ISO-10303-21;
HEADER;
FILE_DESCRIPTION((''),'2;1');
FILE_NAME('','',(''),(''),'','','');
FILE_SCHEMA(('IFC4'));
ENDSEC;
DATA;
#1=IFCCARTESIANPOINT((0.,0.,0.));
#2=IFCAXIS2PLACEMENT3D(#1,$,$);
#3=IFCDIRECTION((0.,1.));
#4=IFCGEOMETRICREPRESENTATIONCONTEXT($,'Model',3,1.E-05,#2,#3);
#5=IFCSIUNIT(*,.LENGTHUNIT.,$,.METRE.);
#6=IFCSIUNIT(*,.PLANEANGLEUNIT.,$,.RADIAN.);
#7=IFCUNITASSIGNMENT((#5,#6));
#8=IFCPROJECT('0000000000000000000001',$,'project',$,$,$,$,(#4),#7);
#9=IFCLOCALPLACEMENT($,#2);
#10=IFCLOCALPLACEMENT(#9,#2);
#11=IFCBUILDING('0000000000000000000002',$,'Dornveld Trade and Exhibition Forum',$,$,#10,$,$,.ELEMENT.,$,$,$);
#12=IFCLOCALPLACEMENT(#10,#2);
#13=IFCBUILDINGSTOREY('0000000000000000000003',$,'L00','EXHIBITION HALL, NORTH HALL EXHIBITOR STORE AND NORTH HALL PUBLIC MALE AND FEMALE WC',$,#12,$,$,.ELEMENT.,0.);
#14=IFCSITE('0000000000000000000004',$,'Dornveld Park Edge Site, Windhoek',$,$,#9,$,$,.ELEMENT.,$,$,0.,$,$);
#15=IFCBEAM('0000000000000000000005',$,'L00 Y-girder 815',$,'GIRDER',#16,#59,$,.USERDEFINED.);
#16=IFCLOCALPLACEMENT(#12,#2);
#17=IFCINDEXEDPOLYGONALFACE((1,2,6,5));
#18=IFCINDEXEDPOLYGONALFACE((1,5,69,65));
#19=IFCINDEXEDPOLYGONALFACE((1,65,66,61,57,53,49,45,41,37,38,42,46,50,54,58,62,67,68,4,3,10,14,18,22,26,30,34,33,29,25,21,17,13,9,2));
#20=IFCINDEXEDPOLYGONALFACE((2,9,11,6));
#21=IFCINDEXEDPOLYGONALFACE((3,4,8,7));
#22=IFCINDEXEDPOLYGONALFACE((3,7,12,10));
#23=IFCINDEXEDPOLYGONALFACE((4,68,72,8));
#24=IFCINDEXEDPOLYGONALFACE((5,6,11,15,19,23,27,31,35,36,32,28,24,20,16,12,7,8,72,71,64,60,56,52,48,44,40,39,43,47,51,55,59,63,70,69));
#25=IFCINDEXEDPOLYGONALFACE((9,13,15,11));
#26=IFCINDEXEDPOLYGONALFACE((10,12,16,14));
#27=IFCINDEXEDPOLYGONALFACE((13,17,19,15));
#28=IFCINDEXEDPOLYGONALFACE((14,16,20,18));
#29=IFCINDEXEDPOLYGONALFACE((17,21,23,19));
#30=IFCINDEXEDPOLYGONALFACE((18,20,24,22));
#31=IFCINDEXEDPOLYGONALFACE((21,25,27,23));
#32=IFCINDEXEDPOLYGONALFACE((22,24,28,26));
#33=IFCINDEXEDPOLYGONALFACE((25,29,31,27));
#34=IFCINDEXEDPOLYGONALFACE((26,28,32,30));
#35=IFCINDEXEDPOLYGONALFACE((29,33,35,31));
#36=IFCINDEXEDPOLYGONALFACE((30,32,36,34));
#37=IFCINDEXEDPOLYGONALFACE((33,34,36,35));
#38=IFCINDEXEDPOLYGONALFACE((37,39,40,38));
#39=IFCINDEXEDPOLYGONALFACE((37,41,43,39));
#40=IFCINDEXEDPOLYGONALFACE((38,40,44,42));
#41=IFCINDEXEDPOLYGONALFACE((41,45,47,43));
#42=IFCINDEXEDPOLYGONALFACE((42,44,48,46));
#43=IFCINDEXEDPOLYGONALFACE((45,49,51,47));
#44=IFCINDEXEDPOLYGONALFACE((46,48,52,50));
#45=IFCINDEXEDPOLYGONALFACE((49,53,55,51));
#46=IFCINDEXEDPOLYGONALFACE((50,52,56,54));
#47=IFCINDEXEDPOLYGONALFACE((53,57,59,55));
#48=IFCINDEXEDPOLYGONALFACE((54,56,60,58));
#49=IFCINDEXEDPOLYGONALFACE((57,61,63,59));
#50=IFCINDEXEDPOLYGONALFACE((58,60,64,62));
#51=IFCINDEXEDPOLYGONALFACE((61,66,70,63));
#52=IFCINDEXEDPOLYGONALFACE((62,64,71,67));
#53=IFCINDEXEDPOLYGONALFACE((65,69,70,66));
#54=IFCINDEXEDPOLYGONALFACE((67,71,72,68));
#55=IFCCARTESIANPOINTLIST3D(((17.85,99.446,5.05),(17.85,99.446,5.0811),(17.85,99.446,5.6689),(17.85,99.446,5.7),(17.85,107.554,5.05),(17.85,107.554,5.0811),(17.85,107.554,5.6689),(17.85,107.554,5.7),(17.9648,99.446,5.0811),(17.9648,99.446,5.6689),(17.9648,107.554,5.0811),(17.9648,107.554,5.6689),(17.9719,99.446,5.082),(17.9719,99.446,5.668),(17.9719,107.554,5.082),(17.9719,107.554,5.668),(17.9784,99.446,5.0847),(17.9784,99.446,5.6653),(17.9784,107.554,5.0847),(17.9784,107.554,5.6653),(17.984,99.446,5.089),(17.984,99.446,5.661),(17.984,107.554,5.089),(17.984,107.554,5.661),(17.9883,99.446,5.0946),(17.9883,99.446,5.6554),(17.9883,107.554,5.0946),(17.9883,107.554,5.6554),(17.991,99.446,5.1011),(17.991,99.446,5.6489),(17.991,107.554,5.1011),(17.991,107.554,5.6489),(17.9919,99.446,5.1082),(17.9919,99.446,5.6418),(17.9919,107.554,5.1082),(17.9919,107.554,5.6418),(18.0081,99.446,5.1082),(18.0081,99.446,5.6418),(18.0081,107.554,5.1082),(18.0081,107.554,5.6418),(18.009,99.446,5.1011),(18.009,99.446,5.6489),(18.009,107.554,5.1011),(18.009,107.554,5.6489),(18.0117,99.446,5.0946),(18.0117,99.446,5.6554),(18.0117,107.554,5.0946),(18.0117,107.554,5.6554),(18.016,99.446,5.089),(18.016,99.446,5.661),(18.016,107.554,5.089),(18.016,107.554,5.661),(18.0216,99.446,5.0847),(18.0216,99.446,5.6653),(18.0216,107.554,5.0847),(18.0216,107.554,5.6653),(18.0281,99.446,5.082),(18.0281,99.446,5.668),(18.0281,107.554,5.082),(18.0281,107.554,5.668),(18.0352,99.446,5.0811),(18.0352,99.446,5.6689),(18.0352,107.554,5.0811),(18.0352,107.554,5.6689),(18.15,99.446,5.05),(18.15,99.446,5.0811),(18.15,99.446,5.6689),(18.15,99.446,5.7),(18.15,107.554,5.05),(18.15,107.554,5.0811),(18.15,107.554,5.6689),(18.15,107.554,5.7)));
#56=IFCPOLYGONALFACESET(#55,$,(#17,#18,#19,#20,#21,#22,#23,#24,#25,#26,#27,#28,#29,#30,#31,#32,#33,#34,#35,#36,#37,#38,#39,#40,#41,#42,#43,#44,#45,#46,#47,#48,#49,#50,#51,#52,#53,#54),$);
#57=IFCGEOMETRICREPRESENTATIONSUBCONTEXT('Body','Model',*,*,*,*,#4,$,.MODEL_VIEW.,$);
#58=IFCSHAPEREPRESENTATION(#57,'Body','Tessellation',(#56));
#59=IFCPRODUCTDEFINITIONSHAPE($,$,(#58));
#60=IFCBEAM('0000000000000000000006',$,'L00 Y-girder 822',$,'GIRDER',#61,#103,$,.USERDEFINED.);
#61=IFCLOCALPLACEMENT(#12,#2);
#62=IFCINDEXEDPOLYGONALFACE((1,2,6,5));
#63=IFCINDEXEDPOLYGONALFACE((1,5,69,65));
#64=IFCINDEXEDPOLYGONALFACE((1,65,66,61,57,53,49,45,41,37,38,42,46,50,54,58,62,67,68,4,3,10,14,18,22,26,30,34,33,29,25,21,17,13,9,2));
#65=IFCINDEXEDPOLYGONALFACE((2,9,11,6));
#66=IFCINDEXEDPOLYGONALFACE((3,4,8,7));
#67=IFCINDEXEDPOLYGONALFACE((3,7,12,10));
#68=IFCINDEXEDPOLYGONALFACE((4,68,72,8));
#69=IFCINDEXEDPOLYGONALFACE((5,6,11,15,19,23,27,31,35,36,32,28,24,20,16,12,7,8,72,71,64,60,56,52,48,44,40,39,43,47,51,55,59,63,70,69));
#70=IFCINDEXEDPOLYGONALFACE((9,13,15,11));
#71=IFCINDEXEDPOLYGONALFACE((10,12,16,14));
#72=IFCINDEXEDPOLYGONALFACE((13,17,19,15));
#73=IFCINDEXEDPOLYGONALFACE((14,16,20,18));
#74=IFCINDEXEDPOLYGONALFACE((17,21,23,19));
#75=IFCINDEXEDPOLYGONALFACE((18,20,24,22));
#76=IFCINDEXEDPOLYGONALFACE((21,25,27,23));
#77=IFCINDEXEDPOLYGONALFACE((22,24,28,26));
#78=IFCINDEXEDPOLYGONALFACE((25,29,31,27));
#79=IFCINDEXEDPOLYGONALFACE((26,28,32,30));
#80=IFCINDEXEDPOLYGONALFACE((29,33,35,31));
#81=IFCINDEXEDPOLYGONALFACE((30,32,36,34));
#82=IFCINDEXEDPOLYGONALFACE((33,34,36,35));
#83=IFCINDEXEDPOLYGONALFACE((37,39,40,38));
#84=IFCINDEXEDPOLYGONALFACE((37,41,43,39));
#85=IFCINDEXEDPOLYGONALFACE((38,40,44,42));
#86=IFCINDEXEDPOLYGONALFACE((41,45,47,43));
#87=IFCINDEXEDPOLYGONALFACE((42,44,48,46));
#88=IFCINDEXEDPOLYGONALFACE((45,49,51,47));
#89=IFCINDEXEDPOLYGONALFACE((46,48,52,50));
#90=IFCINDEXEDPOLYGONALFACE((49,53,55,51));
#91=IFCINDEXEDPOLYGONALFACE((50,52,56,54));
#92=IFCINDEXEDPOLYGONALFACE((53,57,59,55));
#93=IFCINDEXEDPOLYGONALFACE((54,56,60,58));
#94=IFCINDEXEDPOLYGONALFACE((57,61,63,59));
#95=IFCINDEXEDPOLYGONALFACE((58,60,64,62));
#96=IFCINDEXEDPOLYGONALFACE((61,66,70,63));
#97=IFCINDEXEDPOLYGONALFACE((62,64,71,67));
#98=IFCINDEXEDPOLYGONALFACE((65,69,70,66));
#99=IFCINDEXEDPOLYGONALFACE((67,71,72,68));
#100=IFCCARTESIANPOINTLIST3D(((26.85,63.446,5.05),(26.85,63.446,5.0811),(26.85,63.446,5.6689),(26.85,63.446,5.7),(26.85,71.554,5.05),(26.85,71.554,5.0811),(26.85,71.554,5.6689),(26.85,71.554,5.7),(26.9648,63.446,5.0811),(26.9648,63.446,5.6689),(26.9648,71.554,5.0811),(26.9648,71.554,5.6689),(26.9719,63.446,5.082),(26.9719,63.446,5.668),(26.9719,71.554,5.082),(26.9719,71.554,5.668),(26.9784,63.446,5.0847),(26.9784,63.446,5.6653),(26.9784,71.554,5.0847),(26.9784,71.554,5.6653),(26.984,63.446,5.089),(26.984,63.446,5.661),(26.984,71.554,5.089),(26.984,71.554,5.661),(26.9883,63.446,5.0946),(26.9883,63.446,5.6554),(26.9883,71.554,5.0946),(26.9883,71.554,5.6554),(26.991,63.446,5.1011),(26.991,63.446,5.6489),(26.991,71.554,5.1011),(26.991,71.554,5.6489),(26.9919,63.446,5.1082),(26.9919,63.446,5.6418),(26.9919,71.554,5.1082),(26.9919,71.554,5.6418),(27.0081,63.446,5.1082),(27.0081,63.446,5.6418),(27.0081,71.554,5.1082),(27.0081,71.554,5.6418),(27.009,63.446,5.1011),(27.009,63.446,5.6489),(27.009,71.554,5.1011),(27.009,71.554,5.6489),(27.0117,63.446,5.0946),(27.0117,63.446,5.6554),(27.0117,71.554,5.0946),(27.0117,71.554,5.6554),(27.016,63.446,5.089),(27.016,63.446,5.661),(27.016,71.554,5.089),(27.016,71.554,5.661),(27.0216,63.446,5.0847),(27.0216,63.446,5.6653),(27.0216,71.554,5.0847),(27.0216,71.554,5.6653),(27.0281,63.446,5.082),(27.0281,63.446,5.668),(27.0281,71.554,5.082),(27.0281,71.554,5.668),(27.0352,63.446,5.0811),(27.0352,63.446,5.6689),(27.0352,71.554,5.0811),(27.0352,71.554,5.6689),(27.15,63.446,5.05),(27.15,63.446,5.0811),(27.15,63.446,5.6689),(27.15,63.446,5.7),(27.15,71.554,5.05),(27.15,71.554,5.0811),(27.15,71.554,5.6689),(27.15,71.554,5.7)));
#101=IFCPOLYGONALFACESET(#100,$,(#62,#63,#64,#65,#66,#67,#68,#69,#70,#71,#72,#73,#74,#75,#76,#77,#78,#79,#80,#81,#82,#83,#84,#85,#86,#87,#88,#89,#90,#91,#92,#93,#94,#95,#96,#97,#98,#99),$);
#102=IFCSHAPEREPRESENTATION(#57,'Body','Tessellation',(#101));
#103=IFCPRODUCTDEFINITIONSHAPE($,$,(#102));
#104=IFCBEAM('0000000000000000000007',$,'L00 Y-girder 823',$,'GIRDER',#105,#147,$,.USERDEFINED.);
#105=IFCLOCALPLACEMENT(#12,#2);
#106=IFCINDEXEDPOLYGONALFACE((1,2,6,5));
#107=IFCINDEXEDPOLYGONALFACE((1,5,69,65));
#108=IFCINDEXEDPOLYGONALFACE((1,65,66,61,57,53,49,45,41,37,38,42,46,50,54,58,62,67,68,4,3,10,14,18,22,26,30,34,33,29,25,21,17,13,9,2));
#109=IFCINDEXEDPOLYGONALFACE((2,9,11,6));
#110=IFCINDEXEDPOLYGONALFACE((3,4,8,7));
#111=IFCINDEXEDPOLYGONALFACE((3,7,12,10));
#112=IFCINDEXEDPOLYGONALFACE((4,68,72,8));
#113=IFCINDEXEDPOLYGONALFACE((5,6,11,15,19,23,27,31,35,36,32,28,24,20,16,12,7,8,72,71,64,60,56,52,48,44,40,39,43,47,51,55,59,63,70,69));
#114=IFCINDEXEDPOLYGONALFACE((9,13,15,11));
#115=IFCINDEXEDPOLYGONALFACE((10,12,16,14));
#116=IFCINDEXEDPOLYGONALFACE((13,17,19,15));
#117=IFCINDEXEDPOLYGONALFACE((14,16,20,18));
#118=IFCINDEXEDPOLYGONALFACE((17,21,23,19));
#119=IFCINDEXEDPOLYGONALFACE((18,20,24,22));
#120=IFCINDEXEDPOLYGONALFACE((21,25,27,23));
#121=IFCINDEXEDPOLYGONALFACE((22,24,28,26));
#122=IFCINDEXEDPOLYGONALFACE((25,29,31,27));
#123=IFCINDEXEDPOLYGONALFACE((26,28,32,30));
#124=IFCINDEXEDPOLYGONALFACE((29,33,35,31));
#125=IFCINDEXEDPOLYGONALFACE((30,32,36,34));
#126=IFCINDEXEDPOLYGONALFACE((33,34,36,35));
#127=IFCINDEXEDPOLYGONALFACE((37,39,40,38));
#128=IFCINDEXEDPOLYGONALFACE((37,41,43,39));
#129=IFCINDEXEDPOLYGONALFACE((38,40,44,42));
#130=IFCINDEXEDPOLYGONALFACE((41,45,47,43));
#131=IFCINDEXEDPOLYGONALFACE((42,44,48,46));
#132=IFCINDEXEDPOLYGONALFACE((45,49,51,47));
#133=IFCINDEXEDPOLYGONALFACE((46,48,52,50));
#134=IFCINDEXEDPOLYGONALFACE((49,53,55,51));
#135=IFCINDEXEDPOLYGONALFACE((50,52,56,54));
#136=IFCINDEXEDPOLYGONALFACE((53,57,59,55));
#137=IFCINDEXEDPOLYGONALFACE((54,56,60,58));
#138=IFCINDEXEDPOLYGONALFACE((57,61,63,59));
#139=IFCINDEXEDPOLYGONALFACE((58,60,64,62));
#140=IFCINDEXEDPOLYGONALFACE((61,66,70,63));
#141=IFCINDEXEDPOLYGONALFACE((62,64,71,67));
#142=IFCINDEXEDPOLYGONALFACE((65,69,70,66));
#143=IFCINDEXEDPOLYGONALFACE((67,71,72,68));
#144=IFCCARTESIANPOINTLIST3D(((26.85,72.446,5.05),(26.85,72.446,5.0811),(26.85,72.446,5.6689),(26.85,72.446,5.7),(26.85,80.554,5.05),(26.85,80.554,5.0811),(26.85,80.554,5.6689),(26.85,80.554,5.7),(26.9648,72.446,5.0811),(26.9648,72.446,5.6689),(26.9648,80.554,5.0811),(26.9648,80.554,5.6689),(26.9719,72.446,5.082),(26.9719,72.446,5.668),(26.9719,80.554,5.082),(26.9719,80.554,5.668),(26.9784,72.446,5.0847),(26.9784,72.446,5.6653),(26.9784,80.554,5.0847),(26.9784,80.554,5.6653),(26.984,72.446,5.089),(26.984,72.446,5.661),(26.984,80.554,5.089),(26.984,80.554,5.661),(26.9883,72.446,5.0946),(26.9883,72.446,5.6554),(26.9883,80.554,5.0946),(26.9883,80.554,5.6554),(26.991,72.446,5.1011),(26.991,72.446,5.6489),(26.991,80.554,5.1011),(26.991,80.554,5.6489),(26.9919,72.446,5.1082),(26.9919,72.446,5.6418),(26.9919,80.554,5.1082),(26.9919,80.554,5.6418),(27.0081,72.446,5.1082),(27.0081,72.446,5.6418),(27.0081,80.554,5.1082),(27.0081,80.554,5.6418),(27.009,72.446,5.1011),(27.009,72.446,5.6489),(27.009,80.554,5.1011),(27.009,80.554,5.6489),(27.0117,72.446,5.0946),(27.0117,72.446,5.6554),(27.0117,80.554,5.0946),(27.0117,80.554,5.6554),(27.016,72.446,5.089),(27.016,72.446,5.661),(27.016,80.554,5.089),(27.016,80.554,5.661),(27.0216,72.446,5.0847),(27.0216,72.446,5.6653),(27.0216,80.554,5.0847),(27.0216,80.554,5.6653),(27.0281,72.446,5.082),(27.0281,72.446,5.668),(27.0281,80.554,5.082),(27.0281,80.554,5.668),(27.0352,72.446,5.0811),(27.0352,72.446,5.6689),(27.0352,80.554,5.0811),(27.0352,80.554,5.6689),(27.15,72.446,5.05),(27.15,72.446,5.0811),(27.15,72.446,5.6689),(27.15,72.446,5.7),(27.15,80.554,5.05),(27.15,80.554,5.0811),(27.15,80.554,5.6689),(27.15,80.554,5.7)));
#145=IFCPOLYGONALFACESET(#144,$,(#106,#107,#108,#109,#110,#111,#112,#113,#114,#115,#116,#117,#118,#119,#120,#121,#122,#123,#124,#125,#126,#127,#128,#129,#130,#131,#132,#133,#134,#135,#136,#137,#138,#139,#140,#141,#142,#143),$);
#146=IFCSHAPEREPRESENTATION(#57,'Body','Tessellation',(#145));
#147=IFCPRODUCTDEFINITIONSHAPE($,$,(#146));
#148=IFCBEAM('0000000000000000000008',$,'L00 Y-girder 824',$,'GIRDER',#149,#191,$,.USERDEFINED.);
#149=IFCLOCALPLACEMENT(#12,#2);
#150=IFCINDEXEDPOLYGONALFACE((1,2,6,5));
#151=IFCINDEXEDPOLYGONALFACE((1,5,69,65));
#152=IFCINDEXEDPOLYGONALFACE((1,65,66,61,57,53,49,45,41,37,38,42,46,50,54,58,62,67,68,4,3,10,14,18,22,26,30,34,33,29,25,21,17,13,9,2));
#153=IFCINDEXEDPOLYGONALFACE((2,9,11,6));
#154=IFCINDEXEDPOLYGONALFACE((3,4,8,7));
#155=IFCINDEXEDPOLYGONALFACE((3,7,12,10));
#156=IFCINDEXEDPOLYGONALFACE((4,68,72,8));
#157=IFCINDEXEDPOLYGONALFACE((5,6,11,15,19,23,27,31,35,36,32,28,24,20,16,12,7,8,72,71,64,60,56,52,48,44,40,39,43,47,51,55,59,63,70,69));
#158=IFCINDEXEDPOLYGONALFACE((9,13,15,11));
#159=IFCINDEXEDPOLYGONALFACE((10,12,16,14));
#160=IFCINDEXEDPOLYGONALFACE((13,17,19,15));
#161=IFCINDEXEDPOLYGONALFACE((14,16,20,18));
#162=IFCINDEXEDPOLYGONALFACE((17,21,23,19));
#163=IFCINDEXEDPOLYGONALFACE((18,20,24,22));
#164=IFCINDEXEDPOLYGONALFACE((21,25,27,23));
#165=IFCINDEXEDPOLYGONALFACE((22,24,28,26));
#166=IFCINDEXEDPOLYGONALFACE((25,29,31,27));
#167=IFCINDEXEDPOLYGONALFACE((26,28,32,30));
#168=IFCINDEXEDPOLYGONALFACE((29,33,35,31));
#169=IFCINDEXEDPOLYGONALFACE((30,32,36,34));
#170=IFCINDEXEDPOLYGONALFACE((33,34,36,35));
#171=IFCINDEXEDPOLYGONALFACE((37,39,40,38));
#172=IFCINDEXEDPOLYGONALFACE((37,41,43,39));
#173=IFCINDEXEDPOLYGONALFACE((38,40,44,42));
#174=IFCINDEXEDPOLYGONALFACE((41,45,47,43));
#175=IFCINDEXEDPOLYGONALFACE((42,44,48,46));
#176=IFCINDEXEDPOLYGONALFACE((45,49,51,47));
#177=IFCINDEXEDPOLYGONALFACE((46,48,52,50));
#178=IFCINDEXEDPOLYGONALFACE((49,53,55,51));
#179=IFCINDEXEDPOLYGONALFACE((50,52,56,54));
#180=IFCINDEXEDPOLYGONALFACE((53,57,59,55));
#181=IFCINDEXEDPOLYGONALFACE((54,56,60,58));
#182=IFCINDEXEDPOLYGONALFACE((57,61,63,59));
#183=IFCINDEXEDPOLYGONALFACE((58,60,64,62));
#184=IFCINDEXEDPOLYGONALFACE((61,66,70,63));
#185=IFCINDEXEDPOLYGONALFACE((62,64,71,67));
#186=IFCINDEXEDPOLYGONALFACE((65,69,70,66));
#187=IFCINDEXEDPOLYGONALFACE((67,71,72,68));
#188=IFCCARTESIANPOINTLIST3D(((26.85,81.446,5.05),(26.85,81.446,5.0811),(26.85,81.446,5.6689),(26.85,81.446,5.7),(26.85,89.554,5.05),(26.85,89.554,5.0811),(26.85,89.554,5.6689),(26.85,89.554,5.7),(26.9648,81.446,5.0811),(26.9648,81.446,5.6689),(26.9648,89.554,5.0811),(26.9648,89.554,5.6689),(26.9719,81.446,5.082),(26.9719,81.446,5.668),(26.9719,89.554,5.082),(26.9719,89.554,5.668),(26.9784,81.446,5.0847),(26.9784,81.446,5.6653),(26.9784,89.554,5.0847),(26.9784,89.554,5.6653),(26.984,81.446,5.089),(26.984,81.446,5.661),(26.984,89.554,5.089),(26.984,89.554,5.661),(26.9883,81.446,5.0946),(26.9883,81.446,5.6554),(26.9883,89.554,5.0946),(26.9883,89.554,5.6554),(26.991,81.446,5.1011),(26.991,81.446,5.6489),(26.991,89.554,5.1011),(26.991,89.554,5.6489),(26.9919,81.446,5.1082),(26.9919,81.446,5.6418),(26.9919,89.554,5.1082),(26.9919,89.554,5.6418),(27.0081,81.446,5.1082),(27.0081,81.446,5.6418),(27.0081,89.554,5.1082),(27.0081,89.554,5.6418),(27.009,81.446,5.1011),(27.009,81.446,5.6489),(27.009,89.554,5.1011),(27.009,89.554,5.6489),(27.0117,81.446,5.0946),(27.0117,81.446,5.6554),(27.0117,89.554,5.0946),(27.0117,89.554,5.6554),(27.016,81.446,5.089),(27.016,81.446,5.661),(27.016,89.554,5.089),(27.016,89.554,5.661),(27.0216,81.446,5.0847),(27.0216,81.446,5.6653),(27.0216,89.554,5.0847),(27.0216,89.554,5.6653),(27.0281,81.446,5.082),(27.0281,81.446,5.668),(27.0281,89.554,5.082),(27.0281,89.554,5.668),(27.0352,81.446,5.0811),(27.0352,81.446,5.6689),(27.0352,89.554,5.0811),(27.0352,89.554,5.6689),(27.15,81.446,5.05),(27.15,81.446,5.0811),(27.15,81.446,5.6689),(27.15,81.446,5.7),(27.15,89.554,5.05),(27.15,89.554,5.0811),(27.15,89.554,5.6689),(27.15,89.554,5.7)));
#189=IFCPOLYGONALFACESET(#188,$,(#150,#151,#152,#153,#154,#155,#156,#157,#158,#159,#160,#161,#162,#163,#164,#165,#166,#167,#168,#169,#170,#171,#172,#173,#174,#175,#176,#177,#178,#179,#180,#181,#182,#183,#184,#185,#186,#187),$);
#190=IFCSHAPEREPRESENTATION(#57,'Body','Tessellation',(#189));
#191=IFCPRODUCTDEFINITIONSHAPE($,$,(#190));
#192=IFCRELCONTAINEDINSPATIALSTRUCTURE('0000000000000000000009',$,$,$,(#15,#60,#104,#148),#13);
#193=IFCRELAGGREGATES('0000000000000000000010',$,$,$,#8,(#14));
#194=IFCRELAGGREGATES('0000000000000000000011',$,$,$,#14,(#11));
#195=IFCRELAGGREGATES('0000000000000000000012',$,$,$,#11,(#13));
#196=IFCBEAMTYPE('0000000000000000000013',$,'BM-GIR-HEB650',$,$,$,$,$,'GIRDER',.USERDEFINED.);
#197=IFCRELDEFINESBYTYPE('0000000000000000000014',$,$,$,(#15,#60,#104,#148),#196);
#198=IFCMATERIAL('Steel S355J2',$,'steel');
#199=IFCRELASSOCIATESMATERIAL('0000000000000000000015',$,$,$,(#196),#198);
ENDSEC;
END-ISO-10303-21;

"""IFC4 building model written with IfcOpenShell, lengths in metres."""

from ifc_helpers import new_model, si_unit, direction, frame, origin, origin_2d, place, context, subcontext, project, spatial, i_section, extrude, material, material_profile, profile_set, type_object, element, save


model = new_model("IFC4")

# Units and contexts
model_context = context("Model", 3, precision=1e-05, world=origin(), true_north=direction((0.0, 1.0)))
body_context = subcontext(model_context, "Body", "Model", "MODEL_VIEW")
ifc_project = project(units=[si_unit("LENGTHUNIT", "METRE"), si_unit("PLANEANGLEUNIT", "RADIAN")], contexts=[model_context])

# Site, building, storey
site_placement = place(None, origin())
site = spatial("IfcSite", under=ifc_project, at=site_placement, Name="Dornveld Park Edge Site, Windhoek", CompositionType="ELEMENT", RefElevation=0.0)
building_placement = place(site_placement, origin())
building = spatial("IfcBuilding", under=site, at=building_placement, Name="Dornveld Trade and Exhibition Forum", CompositionType="ELEMENT")
storey_placement = place(building_placement, origin())
storey = spatial("IfcBuildingStorey", under=building, at=storey_placement, Name="L00", Description="EXHIBITION HALL, NORTH HALL EXHIBITOR STORE AND NORTH HALL PUBLIC MALE AND FEMALE WC", CompositionType="ELEMENT", Elevation=0.0)

# Beams
ifc_material_1 = material(Name="Steel S355J2", Category="steel")
ifc_material_profile_1 = material_profile(ifc_material_1, i_section(OverallWidth=0.3, OverallDepth=0.6499, WebThickness=0.0161, FlangeThickness=0.031, FilletRadius=0.0271, at=origin_2d()), Name="HEB 650")
ifc_profile_set_1 = profile_set([ifc_material_profile_1], Name="Steel S355J2")
beam_type_1 = type_object("IfcBeamType", Name="BM-GIR-HEB650", ElementType="GIRDER", PredefinedType="USERDEFINED", material=ifc_profile_set_1)
for number, where, z_axis, x_axis, name in (
    (1, (18.0, 99.446, 5.375), (0.0, 1.0, 0.0), (-1.0, 0.0, 0.0), "L00 Y-girder 815"),
    (2, (27.0, 63.446, 5.375), (0.0, 1.0, 0.0), (-1.0, 0.0, 0.0), "L00 Y-girder 822"),
    (3, (27.0, 72.446, 5.375), (0.0, 1.0, 0.0), (-1.0, 0.0, 0.0), "L00 Y-girder 823"),
    (4, (27.0, 81.446, 5.375), (0.0, 1.0, 0.0), (-1.0, 0.0, 0.0), "L00 Y-girder 824"),
):
    element("IfcBeam", number, at=place(storey_placement, frame(where, z_axis=z_axis, x_axis=x_axis)), inside=storey, type_object=beam_type_1, Name=name, ObjectType="GIRDER", PredefinedType="USERDEFINED", context=body_context, shape_type="SweptSolid", body=[
        extrude(i_section(OverallWidth=0.3, OverallDepth=0.6499, WebThickness=0.0161, FlangeThickness=0.031, FilletRadius=0.0271, at=origin_2d()), origin(), (0.0, 0.0, 1.0), 8.1079),
    ])

save(model, "model.ifc")
